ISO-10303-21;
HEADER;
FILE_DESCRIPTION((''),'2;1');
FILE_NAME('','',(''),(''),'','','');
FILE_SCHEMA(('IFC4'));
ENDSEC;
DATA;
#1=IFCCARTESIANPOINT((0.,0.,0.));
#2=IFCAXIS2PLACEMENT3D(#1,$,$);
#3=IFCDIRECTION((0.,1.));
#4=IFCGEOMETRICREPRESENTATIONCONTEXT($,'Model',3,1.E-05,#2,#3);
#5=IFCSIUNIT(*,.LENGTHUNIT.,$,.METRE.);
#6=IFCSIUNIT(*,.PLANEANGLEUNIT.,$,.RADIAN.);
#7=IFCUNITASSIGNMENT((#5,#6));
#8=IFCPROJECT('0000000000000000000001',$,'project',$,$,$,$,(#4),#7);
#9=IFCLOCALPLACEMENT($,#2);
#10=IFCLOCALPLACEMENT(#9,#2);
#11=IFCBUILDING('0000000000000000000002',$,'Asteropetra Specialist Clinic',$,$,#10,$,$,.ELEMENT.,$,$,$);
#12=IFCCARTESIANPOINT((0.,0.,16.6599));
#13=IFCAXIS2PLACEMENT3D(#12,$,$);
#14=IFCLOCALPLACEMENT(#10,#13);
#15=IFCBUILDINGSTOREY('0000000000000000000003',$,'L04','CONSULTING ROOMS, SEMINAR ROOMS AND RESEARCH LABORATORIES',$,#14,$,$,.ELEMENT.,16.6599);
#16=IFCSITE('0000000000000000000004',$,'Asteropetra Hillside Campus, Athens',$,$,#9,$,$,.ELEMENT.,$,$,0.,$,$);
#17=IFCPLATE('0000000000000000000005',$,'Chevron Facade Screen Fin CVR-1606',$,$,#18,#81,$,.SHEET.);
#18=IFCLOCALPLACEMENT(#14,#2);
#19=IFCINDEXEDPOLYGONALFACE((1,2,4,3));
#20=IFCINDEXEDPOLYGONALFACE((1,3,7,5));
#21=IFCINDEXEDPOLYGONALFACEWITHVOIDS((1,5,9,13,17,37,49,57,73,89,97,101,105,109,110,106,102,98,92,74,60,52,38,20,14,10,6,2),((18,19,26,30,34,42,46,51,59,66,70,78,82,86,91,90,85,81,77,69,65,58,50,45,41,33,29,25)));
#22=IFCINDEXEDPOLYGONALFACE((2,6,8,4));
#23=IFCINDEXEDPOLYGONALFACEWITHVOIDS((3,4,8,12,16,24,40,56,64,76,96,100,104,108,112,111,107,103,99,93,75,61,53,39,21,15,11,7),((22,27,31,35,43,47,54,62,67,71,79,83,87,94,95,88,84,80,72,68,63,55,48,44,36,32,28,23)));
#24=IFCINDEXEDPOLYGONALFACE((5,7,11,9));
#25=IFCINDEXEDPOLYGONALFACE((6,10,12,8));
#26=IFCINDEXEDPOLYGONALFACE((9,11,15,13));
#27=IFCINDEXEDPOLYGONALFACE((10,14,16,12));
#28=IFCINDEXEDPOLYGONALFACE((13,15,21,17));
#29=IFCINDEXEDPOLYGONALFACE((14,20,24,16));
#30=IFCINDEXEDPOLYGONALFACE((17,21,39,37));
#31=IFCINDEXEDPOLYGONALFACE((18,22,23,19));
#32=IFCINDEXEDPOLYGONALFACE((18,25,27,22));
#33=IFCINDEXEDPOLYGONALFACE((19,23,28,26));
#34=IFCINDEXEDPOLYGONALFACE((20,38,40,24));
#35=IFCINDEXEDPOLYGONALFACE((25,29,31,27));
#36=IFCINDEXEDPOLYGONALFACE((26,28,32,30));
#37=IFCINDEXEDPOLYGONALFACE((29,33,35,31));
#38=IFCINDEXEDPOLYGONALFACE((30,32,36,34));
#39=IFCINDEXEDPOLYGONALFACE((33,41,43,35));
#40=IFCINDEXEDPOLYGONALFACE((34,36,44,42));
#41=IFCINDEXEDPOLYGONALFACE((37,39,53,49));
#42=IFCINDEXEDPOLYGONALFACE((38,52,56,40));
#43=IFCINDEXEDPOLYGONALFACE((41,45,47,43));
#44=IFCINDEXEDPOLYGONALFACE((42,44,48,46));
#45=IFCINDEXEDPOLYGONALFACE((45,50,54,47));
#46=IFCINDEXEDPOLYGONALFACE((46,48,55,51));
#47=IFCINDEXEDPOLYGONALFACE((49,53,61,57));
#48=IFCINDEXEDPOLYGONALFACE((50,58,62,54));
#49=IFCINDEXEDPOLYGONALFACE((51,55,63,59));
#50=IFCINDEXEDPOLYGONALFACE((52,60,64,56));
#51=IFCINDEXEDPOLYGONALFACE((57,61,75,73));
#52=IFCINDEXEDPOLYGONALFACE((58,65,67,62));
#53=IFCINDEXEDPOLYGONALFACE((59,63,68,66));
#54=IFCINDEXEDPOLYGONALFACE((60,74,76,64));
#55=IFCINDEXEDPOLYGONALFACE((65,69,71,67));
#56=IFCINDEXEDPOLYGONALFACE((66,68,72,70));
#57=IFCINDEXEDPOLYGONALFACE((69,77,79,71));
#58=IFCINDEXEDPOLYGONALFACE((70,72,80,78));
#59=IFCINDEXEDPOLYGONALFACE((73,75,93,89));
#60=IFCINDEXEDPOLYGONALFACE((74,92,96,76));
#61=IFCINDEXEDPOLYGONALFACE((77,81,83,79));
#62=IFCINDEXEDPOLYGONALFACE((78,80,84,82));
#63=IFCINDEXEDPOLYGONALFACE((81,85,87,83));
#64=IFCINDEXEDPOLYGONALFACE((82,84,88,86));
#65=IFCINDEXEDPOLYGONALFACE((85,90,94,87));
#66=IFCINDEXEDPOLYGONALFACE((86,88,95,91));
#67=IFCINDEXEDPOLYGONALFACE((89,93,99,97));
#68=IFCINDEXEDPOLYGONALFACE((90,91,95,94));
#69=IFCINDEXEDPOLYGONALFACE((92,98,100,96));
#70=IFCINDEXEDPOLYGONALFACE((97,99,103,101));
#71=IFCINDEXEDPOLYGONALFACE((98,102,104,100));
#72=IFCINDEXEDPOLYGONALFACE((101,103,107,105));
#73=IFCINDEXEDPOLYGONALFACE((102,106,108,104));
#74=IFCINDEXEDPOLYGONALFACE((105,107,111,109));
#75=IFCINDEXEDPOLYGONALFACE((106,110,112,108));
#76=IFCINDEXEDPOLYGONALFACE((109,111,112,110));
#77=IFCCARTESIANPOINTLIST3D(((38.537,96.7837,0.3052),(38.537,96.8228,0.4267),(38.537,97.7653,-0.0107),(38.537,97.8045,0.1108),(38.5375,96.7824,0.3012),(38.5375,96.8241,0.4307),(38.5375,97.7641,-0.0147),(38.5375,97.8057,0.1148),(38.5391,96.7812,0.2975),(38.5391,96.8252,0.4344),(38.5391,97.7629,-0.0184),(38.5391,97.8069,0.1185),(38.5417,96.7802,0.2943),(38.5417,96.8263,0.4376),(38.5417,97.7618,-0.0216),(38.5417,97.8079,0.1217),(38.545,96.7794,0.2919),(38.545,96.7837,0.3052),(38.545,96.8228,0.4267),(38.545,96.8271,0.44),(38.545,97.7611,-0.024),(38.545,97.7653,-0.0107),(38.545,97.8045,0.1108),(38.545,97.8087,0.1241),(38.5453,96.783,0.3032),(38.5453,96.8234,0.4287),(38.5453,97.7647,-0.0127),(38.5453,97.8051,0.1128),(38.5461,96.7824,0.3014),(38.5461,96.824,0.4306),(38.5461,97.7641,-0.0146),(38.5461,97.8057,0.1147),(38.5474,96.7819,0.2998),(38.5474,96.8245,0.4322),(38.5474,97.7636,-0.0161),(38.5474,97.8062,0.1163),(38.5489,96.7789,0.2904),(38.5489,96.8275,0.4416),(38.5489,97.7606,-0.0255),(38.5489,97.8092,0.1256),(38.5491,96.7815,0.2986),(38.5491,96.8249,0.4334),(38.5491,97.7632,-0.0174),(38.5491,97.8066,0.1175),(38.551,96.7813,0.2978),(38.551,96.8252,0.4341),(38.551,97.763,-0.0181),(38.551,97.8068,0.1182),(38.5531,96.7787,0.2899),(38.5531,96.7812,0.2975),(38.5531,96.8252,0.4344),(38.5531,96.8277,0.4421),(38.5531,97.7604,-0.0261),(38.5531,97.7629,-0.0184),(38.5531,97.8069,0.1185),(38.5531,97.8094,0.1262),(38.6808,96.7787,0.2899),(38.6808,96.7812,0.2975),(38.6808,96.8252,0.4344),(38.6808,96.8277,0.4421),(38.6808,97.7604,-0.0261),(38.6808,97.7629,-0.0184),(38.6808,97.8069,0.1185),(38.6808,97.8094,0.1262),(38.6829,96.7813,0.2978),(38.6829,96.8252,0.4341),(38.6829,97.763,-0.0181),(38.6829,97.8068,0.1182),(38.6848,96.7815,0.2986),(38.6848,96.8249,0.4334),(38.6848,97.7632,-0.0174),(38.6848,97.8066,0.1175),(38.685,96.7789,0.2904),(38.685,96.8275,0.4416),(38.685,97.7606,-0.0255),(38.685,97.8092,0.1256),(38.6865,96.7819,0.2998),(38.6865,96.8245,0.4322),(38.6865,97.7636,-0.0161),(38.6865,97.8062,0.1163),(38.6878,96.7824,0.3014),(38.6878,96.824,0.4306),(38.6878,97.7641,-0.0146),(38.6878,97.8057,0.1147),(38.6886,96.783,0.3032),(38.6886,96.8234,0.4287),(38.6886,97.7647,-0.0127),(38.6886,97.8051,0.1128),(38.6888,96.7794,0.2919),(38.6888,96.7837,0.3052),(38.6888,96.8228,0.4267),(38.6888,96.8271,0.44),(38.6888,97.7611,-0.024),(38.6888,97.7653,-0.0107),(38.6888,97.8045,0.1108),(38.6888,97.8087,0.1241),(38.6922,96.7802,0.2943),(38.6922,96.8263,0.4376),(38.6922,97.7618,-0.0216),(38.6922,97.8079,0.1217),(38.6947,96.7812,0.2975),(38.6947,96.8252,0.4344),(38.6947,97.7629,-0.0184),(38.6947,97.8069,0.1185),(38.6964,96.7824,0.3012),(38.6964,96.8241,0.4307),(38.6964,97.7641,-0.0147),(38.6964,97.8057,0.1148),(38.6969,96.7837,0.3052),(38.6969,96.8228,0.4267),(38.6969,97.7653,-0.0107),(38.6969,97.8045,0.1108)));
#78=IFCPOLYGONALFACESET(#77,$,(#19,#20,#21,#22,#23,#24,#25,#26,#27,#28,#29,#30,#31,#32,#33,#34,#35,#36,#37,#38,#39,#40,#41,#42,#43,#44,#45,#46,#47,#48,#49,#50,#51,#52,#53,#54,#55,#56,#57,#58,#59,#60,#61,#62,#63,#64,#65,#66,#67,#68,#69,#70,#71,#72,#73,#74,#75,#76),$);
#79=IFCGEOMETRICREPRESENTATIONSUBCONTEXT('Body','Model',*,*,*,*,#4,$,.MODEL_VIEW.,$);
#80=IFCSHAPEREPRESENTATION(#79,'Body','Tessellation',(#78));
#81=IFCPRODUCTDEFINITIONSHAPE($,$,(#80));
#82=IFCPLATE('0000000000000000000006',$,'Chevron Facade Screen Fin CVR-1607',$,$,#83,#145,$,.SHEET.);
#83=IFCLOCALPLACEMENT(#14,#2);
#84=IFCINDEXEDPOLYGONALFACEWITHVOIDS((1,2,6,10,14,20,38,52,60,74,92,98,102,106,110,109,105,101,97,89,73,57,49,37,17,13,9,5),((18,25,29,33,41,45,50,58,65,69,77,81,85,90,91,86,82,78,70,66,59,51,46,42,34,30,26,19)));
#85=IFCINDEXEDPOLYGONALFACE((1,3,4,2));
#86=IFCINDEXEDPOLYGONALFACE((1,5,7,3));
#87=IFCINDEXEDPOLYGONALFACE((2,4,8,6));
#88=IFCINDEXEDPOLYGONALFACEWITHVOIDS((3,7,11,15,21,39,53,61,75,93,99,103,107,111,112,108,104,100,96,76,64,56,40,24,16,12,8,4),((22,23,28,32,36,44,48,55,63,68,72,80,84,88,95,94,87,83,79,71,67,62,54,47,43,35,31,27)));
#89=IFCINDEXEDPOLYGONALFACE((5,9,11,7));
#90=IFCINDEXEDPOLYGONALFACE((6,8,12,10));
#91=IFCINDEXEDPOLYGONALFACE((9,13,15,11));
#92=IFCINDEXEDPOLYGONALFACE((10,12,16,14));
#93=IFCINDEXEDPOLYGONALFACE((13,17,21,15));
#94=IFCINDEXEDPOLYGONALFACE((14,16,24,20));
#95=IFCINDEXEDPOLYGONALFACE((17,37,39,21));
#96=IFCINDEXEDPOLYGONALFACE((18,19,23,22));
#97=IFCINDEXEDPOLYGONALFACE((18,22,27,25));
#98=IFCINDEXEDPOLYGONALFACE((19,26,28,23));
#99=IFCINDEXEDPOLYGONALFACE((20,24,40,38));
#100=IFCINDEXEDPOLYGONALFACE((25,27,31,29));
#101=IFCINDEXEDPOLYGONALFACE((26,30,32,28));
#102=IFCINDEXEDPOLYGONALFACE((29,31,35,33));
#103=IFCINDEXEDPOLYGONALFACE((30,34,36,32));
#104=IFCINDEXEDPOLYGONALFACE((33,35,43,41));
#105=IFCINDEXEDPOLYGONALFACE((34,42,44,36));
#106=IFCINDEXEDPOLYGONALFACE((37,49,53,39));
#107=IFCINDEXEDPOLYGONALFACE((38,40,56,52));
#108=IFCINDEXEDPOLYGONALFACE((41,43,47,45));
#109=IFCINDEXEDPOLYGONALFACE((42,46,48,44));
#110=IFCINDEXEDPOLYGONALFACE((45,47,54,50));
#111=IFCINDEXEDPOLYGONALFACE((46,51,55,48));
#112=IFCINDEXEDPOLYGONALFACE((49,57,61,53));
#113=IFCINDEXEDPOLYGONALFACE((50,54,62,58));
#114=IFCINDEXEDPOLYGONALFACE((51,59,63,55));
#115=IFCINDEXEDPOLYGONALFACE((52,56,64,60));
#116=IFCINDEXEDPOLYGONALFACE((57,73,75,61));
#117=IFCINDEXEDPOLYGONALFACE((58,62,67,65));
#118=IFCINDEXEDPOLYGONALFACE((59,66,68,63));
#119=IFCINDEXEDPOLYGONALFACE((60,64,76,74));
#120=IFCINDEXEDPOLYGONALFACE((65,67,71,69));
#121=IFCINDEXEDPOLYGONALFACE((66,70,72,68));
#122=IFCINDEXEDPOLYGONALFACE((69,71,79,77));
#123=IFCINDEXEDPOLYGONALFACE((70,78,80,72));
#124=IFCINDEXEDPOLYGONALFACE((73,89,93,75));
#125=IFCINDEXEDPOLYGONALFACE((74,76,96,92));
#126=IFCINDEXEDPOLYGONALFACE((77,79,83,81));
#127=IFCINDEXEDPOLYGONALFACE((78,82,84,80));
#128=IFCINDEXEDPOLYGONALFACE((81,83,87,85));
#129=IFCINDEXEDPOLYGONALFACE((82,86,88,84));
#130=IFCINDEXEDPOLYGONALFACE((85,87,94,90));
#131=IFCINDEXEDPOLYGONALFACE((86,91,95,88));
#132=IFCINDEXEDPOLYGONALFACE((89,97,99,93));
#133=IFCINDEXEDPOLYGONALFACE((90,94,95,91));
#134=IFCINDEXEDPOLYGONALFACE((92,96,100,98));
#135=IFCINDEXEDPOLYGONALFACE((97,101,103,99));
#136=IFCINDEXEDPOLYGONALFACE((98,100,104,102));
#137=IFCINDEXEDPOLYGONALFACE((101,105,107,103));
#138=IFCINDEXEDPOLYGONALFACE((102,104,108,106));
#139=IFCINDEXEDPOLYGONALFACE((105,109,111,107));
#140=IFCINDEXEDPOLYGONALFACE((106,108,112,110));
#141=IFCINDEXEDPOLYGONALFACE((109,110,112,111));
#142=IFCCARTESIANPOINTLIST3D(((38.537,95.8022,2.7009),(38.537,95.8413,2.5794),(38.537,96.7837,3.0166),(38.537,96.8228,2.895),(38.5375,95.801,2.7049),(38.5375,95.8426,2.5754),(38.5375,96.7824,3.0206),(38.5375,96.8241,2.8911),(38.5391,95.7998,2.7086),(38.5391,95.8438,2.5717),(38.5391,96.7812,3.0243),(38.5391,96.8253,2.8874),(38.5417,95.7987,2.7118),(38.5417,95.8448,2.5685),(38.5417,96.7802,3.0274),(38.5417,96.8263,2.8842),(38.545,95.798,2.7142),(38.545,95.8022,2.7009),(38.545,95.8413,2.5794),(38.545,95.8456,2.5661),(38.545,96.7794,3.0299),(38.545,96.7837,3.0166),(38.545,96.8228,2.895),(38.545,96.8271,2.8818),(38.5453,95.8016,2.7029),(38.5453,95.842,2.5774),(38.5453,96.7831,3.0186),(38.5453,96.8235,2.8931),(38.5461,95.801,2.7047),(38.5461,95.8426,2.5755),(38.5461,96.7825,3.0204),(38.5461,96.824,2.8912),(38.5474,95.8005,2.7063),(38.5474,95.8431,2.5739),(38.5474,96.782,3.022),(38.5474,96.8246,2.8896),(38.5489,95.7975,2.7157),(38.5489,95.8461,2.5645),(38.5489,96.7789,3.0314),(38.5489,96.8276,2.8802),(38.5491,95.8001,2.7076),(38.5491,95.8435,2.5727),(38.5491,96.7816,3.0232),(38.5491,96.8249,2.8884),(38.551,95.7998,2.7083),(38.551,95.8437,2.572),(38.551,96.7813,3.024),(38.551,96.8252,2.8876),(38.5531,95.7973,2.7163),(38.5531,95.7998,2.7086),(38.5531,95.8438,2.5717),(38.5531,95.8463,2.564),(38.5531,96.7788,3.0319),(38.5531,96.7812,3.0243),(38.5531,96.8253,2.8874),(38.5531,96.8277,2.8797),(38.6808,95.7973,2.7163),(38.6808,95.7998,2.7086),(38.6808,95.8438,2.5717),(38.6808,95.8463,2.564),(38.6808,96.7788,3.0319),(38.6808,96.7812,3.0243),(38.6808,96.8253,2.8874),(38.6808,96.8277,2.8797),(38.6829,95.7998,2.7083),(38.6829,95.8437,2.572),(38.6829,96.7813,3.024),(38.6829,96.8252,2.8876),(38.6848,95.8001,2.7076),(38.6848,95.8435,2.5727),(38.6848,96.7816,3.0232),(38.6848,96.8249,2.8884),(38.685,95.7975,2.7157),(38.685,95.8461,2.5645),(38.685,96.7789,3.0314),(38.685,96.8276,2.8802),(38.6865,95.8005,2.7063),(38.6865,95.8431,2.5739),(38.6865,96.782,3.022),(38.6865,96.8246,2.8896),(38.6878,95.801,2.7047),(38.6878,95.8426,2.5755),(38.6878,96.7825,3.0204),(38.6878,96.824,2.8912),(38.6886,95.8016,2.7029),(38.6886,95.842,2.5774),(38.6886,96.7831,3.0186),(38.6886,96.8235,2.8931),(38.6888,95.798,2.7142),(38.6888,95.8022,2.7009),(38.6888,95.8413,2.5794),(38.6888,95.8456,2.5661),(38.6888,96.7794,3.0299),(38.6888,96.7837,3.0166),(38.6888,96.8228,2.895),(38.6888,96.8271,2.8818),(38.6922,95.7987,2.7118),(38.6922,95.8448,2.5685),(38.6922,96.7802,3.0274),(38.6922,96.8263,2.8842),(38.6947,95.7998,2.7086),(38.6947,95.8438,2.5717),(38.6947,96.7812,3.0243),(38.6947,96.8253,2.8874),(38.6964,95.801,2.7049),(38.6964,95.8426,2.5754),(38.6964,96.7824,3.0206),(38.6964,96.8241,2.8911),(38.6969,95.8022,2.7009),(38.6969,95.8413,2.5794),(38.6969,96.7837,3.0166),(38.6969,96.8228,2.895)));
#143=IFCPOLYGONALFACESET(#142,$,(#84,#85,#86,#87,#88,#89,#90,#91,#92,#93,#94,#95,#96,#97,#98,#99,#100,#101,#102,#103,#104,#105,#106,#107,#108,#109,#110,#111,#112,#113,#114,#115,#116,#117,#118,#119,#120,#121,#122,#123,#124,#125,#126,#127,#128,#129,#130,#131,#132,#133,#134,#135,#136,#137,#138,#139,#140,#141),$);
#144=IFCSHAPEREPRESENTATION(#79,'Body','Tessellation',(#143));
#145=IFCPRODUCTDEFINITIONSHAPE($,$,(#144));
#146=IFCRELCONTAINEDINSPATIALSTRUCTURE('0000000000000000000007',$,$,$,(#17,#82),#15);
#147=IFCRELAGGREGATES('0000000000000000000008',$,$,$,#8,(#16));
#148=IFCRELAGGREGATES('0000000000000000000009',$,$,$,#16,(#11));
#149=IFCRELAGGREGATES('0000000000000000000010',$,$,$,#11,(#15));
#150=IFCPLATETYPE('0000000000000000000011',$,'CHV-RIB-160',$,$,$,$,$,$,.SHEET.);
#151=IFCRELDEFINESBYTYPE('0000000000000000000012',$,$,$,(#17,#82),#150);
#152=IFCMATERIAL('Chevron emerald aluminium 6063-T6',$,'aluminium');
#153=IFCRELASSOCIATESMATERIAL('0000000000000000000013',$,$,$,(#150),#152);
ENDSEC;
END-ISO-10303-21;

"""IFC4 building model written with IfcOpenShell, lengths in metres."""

from ifc_helpers import new_model, si_unit, direction, frame, origin, origin_2d, place, context, subcontext, project, spatial, hollow_rectangle, extrude, material, material_profile, profile_set, type_object, element, save


model = new_model("IFC4")

# Units and contexts
model_context = context("Model", 3, precision=1e-05, world=origin(), true_north=direction((0.0, 1.0)))
body_context = subcontext(model_context, "Body", "Model", "MODEL_VIEW")
ifc_project = project(units=[si_unit("LENGTHUNIT", "METRE"), si_unit("PLANEANGLEUNIT", "RADIAN")], contexts=[model_context])

# Site, building, storey
site_placement = place(None, origin())
site = spatial("IfcSite", under=ifc_project, at=site_placement, Name="Asteropetra Hillside Campus, Athens", CompositionType="ELEMENT", RefElevation=0.0)
building_placement = place(site_placement, origin())
building = spatial("IfcBuilding", under=site, at=building_placement, Name="Asteropetra Specialist Clinic", CompositionType="ELEMENT")
storey_placement = place(building_placement, frame((0.0, 0.0, 16.6599)))
storey = spatial("IfcBuildingStorey", under=building, at=storey_placement, Name="L04", Description="CONSULTING ROOMS, SEMINAR ROOMS AND RESEARCH LABORATORIES", CompositionType="ELEMENT", Elevation=16.6599)

# Plates
ifc_material_1 = material(Name="Chevron emerald aluminium 6063-T6", Category="aluminium")
ifc_material_profile = material_profile(ifc_material_1, hollow_rectangle(XDim=0.1599, YDim=0.1599, WallThickness=0.0081, InnerFilletRadius=0.0081, OuterFilletRadius=0.0161, at=origin_2d()), Name="SHS 160x160x8.0")
ifc_profile_set = profile_set([ifc_material_profile], Name="Chevron emerald aluminium 6063-T6")
plate_type = type_object("IfcPlateType", Name="CHV-RIB-160", PredefinedType="SHEET", material=ifc_profile_set)
plate_1_placement = place(storey_placement, frame((38.6169, 96.8032, 0.366), z_axis=(0.0, 0.951923, -0.306339), x_axis=(-1.0, 0.0, 0.0)))
element("IfcPlate", 1, at=plate_1_placement, inside=storey, type_object=plate_type, Name="Chevron Facade Screen Fin CVR-1606", PredefinedType="SHEET", context=body_context, shape_type="SweptSolid", body=[
    extrude(hollow_rectangle(XDim=0.1599, YDim=0.1599, WallThickness=0.0081, InnerFilletRadius=0.0081, OuterFilletRadius=0.0161, at=origin_2d()), origin(), (0.0, 0.0, 1.0), 1.0312),
])
plate_2_placement = place(storey_placement, frame((38.6169, 95.8218, 2.6401), z_axis=(0.0, 0.951969, 0.306193), x_axis=(-1.0, 0.0, 0.0)))
element("IfcPlate", 2, at=plate_2_placement, inside=storey, type_object=plate_type, Name="Chevron Facade Screen Fin CVR-1607", PredefinedType="SHEET", context=body_context, shape_type="SweptSolid", body=[
    extrude(hollow_rectangle(XDim=0.1599, YDim=0.1599, WallThickness=0.0081, InnerFilletRadius=0.0081, OuterFilletRadius=0.0161, at=origin_2d()), origin(), (0.0, 0.0, 1.0), 1.031),
])

save(model, "model.ifc")
